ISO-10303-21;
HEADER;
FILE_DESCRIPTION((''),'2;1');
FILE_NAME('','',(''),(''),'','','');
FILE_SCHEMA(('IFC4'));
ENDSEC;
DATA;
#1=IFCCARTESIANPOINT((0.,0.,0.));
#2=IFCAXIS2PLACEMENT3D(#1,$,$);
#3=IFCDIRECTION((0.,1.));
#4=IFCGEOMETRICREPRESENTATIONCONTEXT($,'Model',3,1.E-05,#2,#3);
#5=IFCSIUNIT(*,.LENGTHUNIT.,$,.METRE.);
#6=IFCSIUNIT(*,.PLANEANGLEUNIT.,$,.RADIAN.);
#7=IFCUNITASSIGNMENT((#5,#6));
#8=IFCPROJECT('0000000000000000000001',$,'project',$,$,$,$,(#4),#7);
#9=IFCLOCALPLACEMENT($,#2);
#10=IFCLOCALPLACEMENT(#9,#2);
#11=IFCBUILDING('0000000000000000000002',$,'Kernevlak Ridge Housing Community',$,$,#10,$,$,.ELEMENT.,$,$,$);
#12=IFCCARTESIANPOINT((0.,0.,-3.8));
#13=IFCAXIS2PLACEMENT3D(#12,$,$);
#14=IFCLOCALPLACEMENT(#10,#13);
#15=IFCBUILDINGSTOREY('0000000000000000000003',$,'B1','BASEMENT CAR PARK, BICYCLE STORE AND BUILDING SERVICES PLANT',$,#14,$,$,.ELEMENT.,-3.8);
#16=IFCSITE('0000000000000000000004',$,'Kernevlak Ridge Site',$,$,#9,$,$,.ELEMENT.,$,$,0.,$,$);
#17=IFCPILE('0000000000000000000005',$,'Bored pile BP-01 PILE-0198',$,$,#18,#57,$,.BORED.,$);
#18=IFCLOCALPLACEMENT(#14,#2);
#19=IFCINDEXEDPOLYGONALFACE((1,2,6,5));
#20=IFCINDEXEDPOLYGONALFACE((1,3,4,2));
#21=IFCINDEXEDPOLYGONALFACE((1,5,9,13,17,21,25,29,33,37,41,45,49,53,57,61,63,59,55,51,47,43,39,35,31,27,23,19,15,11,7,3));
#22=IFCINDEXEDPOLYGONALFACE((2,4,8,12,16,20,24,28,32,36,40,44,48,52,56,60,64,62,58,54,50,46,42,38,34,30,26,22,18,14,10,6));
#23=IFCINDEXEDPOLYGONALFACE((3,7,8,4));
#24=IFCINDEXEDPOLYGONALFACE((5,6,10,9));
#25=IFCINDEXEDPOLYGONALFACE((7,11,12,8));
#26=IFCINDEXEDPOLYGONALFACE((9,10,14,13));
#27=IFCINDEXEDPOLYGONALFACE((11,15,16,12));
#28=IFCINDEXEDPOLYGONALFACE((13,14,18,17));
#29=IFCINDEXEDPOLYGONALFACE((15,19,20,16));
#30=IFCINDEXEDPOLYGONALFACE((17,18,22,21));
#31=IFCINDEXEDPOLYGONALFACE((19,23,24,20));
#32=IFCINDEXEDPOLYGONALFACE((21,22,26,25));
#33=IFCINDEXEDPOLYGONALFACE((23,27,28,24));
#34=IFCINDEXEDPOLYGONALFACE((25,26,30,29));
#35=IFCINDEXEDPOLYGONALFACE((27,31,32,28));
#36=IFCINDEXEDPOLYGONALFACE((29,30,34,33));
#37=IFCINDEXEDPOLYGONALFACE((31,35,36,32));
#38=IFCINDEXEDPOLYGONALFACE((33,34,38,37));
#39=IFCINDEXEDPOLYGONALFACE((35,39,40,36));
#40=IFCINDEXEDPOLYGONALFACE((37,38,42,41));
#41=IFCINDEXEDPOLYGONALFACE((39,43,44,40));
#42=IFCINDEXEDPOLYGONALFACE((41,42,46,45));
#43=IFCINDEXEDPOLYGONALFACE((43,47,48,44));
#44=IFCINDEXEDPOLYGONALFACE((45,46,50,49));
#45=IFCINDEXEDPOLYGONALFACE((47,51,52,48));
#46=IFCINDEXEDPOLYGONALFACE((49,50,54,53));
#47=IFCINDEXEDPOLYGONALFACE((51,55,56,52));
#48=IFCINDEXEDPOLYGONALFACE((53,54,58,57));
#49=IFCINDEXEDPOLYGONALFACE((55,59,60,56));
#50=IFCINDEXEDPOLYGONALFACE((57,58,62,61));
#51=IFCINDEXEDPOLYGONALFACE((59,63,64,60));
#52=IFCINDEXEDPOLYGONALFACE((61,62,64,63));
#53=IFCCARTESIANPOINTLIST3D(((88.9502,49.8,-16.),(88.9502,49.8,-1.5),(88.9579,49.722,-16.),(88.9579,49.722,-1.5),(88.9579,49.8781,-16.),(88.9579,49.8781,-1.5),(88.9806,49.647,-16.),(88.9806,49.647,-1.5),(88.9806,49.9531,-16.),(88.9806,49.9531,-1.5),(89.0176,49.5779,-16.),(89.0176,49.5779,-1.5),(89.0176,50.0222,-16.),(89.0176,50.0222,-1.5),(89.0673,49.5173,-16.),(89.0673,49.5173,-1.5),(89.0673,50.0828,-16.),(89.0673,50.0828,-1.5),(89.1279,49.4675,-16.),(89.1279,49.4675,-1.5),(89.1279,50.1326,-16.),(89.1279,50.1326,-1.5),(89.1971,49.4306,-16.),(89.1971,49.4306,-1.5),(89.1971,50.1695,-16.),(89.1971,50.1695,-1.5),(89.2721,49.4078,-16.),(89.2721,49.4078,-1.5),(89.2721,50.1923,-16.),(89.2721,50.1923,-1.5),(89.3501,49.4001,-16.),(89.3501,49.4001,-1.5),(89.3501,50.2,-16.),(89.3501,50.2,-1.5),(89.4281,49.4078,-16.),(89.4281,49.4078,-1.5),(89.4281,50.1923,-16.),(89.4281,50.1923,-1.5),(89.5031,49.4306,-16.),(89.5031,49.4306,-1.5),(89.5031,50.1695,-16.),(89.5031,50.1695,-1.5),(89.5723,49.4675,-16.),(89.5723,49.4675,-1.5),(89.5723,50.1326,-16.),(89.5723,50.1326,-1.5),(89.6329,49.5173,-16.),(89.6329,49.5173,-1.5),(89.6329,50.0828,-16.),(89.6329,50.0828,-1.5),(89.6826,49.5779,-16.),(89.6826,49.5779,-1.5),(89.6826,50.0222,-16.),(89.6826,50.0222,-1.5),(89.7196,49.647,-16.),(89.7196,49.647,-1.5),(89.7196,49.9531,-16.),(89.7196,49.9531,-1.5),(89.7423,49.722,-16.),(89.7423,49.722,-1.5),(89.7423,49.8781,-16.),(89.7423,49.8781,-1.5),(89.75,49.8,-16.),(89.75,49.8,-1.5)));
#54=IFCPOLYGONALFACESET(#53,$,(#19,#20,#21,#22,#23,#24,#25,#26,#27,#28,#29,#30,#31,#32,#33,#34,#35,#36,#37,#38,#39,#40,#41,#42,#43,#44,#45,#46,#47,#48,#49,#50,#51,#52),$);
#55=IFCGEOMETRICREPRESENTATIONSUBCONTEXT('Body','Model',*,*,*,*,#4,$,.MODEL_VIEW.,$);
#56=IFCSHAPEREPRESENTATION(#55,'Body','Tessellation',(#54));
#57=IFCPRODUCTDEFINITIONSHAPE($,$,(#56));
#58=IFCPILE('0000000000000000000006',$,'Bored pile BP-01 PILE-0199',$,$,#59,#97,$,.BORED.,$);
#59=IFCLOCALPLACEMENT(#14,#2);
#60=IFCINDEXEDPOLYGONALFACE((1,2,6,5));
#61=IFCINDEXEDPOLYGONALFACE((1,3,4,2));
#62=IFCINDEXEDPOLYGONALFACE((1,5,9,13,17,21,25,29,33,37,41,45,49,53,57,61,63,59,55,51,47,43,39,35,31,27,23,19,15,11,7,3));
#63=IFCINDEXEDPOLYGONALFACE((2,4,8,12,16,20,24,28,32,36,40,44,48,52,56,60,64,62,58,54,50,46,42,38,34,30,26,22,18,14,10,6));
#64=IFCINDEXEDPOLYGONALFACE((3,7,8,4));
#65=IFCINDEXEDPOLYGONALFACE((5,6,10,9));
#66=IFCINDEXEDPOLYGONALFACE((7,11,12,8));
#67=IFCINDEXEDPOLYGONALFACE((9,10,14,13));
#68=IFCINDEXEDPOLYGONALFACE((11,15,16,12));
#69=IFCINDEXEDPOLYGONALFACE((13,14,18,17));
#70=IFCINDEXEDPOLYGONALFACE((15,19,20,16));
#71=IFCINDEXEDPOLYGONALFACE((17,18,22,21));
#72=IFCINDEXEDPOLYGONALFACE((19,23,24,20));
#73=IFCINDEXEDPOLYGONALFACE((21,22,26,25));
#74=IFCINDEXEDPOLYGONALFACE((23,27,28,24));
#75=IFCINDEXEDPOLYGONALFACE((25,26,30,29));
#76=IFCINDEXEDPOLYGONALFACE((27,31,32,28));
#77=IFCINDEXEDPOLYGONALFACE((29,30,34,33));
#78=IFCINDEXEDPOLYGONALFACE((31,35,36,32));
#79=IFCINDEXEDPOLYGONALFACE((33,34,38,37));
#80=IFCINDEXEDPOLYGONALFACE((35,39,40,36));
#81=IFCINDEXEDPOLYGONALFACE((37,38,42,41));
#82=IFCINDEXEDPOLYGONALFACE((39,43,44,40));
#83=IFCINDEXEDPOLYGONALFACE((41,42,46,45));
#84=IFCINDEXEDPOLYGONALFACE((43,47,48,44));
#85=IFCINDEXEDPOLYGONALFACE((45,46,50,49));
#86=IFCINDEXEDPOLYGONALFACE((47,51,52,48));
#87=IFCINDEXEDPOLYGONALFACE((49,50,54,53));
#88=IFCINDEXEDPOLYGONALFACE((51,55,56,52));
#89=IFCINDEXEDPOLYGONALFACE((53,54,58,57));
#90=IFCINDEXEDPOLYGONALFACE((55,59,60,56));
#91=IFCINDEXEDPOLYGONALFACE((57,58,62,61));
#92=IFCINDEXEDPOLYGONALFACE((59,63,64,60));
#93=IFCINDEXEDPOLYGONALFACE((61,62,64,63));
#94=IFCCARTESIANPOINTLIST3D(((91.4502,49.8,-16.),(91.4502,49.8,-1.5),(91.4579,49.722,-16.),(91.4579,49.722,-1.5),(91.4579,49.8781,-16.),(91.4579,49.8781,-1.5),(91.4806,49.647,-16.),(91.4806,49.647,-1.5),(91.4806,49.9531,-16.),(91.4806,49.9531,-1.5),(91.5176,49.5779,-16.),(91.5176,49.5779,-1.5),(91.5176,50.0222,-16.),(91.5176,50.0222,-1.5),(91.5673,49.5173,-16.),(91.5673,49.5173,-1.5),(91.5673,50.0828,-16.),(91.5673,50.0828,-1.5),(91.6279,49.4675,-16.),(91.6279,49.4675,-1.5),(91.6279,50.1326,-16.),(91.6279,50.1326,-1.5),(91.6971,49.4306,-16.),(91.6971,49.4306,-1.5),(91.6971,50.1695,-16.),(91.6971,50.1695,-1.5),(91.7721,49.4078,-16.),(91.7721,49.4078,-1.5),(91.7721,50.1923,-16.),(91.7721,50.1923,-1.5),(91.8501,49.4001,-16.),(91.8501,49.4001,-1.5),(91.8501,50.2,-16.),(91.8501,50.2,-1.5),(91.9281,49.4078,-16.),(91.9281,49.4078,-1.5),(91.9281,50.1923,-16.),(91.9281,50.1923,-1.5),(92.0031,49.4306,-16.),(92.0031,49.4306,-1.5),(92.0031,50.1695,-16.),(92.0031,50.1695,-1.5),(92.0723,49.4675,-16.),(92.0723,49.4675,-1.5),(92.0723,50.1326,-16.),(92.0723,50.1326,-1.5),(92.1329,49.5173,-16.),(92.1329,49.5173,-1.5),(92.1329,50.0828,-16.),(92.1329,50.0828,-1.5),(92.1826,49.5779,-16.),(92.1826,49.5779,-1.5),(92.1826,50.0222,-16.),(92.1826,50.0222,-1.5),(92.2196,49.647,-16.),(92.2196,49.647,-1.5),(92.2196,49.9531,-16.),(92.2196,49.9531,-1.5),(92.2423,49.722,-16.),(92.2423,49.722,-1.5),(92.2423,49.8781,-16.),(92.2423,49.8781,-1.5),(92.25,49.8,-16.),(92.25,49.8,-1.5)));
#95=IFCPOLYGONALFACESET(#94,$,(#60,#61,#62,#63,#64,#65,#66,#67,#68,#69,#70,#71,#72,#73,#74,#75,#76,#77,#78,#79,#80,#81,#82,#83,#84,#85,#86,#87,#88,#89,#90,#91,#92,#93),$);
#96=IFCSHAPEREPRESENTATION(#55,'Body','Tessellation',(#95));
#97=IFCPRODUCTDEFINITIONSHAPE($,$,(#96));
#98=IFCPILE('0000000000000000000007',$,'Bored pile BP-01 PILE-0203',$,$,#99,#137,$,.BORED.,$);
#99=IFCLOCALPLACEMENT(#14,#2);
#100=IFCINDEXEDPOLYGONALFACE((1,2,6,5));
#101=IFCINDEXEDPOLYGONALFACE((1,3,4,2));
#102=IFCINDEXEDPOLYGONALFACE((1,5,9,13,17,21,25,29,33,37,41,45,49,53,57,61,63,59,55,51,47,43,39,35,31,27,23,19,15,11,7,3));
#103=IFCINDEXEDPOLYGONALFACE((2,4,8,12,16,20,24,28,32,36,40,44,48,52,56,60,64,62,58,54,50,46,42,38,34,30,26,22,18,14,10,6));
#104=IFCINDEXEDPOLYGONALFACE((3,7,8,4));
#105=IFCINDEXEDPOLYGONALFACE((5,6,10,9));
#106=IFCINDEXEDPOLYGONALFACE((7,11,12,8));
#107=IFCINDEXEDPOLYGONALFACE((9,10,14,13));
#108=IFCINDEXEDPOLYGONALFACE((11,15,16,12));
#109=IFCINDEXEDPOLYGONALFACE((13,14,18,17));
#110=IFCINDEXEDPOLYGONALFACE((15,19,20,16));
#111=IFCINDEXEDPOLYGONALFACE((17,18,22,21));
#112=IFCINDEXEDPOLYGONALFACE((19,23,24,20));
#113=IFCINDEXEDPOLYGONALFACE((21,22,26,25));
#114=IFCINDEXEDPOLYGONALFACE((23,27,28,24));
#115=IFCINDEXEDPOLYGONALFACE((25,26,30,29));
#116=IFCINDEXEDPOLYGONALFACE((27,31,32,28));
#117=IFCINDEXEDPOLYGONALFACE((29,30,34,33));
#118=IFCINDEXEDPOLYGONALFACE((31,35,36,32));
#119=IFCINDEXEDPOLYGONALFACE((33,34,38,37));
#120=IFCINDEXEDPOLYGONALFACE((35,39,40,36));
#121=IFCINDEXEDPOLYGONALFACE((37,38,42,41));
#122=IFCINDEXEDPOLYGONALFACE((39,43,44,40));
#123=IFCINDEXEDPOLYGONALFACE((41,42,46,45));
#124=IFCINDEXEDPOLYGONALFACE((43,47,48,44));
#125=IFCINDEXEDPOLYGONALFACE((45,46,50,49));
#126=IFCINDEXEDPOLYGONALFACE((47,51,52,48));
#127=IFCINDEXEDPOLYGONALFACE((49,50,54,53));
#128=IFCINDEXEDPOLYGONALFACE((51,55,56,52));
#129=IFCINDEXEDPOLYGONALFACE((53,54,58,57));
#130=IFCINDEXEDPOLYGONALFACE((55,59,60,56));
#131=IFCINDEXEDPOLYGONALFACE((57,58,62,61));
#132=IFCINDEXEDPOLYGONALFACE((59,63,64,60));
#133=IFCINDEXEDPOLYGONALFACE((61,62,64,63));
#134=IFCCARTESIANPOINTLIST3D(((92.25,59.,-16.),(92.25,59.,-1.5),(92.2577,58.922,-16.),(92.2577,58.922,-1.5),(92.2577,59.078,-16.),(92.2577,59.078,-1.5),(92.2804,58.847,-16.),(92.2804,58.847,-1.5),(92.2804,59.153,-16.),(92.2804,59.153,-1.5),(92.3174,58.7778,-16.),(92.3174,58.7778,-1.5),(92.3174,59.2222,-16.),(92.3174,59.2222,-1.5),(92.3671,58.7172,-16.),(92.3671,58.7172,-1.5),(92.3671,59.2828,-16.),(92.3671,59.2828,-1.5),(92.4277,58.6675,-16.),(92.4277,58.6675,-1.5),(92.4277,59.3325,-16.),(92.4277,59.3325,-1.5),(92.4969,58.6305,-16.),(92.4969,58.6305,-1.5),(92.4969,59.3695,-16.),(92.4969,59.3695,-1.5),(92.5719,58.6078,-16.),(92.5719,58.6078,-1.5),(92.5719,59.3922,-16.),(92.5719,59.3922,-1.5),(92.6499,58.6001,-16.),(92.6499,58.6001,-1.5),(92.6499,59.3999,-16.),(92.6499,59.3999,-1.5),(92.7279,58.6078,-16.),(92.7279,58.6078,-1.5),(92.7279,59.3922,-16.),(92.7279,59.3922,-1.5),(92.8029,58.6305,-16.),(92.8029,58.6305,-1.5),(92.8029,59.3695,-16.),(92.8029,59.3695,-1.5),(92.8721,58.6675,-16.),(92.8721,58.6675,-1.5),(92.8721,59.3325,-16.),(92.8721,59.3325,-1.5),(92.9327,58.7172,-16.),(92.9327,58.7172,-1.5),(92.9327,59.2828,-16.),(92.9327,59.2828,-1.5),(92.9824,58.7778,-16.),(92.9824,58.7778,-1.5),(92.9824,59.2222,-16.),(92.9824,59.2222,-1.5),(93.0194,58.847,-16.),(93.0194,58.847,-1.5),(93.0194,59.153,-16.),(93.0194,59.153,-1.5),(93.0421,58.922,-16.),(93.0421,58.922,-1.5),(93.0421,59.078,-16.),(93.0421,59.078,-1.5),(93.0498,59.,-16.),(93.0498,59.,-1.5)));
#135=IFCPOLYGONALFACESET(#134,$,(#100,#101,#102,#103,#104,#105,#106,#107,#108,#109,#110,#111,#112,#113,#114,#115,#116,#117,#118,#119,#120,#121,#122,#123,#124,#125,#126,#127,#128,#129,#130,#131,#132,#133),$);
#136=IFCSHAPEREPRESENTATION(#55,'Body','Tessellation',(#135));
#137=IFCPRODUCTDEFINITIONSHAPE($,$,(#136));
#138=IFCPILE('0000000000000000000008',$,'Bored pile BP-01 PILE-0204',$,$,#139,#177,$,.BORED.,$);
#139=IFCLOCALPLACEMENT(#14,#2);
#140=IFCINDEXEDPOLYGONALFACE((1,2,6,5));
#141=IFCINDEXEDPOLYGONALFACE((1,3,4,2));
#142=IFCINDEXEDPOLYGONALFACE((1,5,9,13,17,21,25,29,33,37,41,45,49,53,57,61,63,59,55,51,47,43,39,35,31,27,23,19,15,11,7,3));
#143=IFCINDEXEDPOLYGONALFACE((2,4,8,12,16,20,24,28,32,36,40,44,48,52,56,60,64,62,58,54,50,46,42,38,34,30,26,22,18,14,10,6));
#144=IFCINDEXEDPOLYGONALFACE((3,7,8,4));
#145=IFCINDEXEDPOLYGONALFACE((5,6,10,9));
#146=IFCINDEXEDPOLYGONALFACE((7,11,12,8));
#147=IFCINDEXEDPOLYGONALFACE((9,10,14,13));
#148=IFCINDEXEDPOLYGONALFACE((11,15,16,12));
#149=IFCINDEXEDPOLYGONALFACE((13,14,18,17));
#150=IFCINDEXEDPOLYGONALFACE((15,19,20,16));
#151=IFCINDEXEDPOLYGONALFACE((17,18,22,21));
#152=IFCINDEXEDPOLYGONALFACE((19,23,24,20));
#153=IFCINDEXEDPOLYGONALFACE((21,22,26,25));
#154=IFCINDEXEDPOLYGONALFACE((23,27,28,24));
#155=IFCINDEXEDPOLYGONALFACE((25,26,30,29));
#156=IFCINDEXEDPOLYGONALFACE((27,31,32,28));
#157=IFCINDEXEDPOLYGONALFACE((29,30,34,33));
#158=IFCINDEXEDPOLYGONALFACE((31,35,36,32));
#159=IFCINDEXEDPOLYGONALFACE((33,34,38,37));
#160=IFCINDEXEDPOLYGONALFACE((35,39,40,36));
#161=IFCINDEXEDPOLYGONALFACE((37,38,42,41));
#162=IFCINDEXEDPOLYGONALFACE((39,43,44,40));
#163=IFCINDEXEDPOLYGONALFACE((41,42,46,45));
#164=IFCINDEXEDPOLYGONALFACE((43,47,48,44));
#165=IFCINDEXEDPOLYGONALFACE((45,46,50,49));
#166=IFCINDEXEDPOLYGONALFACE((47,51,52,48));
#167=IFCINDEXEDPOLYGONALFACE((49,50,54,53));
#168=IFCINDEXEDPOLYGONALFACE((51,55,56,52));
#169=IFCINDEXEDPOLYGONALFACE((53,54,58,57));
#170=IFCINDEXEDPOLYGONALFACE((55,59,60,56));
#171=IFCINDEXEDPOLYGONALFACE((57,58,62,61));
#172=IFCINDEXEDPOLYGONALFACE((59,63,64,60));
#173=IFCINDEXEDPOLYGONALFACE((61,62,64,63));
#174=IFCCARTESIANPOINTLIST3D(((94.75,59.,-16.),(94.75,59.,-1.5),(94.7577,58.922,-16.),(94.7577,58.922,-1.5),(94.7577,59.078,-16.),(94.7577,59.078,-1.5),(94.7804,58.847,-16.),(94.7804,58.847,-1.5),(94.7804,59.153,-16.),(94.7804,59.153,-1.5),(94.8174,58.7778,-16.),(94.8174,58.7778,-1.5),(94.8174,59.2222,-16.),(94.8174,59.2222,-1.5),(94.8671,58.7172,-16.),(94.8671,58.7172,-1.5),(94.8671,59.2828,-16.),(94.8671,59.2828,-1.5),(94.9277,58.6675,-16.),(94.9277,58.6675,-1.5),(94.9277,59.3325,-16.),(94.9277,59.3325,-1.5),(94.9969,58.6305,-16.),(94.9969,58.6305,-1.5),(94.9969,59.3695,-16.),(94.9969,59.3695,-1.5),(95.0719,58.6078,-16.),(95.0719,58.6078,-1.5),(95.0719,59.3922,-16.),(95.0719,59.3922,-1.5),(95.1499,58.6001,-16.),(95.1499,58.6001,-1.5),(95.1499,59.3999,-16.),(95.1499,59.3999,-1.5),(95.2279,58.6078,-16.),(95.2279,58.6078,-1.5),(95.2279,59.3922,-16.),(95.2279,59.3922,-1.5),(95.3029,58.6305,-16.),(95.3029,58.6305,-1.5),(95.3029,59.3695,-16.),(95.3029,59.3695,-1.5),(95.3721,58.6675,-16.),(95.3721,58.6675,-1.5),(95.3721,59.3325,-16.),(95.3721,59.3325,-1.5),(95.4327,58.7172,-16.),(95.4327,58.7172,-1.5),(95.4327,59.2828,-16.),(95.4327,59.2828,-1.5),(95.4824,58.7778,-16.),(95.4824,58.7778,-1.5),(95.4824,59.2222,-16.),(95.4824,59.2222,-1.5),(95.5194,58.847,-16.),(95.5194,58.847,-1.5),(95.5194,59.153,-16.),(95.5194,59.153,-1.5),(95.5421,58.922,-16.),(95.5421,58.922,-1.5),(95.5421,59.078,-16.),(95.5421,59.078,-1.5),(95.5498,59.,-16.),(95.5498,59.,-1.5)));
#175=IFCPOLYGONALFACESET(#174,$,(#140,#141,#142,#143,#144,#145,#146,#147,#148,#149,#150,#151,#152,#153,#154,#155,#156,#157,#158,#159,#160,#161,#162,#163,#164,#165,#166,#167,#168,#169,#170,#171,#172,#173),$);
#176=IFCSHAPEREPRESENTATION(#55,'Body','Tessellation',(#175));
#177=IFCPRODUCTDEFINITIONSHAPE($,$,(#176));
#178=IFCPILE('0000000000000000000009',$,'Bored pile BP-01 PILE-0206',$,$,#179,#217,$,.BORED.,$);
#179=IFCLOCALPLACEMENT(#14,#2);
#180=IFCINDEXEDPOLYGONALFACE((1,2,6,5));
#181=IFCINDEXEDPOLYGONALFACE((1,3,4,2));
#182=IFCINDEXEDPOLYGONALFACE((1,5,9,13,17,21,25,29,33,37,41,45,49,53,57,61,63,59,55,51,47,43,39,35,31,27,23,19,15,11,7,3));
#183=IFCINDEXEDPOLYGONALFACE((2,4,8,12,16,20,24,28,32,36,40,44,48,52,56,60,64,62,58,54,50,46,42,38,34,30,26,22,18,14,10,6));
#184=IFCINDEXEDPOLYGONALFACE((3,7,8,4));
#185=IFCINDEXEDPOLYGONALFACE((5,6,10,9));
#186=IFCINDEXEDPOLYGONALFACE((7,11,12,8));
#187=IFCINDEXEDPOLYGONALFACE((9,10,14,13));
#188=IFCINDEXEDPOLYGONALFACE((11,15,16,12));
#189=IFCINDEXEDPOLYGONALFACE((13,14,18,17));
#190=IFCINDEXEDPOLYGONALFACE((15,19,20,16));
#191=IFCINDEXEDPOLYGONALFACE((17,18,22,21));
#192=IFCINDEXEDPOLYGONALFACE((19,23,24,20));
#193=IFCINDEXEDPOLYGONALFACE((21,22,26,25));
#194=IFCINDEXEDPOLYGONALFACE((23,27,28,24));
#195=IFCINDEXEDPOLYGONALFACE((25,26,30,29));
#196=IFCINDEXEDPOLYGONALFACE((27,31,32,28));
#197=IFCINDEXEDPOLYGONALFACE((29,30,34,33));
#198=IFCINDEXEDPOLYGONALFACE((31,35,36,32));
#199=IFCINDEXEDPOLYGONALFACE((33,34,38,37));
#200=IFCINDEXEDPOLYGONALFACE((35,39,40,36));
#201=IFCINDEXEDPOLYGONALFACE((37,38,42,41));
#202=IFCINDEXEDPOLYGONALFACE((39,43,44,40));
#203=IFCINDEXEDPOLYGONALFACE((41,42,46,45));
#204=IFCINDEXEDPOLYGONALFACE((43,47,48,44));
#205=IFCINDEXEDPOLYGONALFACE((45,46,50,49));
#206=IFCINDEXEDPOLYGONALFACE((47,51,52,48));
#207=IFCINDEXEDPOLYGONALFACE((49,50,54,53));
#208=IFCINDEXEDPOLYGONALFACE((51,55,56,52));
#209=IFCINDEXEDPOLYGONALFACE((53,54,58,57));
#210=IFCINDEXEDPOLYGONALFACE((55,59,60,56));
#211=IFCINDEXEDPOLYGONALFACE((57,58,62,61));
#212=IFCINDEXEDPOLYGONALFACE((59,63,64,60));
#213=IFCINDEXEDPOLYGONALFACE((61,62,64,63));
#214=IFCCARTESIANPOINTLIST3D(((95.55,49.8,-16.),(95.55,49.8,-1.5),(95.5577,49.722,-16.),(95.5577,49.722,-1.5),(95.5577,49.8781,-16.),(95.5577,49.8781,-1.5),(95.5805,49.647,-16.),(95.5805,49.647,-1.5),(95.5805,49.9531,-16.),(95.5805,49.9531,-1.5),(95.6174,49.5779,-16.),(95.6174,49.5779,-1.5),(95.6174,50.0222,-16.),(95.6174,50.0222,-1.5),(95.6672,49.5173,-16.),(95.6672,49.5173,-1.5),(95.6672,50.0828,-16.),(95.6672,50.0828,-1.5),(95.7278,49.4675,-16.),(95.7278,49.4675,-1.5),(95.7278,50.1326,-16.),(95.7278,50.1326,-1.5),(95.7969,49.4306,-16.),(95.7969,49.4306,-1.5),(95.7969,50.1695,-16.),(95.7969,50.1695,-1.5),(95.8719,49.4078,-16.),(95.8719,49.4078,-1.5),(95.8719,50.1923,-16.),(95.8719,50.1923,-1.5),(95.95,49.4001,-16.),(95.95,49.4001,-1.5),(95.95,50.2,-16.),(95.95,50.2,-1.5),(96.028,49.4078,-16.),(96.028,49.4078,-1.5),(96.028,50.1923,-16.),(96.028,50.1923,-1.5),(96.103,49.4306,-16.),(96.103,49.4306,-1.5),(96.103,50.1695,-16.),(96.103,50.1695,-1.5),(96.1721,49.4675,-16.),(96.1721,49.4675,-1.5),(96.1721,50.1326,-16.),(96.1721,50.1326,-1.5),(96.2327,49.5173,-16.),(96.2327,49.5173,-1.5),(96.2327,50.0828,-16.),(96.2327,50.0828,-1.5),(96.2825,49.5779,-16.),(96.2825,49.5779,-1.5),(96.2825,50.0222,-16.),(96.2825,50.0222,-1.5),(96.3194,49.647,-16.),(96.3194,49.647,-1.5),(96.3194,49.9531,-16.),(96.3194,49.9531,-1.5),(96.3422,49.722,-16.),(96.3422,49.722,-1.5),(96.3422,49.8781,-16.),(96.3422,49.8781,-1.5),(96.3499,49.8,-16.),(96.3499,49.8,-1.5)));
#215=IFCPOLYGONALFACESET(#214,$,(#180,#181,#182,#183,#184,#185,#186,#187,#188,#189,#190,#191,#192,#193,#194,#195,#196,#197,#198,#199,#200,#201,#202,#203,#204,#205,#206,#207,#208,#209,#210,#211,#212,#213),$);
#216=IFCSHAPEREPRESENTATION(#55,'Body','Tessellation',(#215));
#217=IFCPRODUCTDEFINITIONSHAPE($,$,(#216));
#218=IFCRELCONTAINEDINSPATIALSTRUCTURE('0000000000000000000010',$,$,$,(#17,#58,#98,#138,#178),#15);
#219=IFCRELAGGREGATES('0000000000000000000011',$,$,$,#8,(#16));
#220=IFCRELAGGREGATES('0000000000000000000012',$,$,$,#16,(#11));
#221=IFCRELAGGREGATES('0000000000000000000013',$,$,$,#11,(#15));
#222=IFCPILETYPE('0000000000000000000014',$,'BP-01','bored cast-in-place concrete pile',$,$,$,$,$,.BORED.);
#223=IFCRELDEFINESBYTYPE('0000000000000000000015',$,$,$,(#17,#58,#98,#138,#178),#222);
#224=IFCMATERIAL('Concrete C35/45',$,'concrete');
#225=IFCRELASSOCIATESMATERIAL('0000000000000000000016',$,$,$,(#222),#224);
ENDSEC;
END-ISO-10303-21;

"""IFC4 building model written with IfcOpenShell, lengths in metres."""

from ifc_helpers import new_model, si_unit, direction, frame, origin, origin_2d, place, context, subcontext, project, spatial, circle, extrude, material, material_profile, profile_set, type_object, element, save


model = new_model("IFC4")

# Units and contexts
model_context = context("Model", 3, precision=1e-05, world=origin(), true_north=direction((0.0, 1.0)))
body_context = subcontext(model_context, "Body", "Model", "MODEL_VIEW")
ifc_project = project(units=[si_unit("LENGTHUNIT", "METRE"), si_unit("PLANEANGLEUNIT", "RADIAN")], contexts=[model_context])

# Site, building, storey
site_placement = place(None, origin())
site = spatial("IfcSite", under=ifc_project, at=site_placement, Name="Kernevlak Ridge Site", CompositionType="ELEMENT", RefElevation=0.0)
building_placement = place(site_placement, origin())
building = spatial("IfcBuilding", under=site, at=building_placement, Name="Kernevlak Ridge Housing Community", CompositionType="ELEMENT")
storey_placement = place(building_placement, frame((0.0, 0.0, -3.8)))
storey = spatial("IfcBuildingStorey", under=building, at=storey_placement, Name="B1", Description="BASEMENT CAR PARK, BICYCLE STORE AND BUILDING SERVICES PLANT", CompositionType="ELEMENT", Elevation=-3.8)

# Piles
ifc_material_1 = material(Name="Concrete C35/45", Category="concrete")
ifc_material_profile_1 = material_profile(ifc_material_1, circle(Radius=0.3999, at=origin_2d()), Name="BORED PILE 800")
ifc_profile_set_1 = profile_set([ifc_material_profile_1], Name="Concrete C35/45")
pile_type = type_object("IfcPileType", Name="BP-01", Description="bored cast-in-place concrete pile", PredefinedType="BORED", material=ifc_profile_set_1)
for number, where, z_axis, x_axis, name in (
    (1, (89.3501, 49.8, -1.5), (0.0, 0.0, -1.0), (1.0, 0.0, 0.0), "Bored pile BP-01 PILE-0198"),
    (2, (91.8501, 49.8, -1.5), (0.0, 0.0, -1.0), (1.0, 0.0, 0.0), "Bored pile BP-01 PILE-0199"),
    (3, (92.6499, 59.0, -1.5), (0.0, 0.0, -1.0), (1.0, 0.0, 0.0), "Bored pile BP-01 PILE-0203"),
    (4, (95.1499, 59.0, -1.5), (0.0, 0.0, -1.0), (1.0, 0.0, 0.0), "Bored pile BP-01 PILE-0204"),
    (5, (95.95, 49.8, -1.5), (0.0, 0.0, -1.0), (1.0, 0.0, 0.0), "Bored pile BP-01 PILE-0206"),
):
    element("IfcPile", number, at=place(storey_placement, frame(where, z_axis=z_axis, x_axis=x_axis)), inside=storey, type_object=pile_type, Name=name, PredefinedType="BORED", context=body_context, shape_type="SweptSolid", body=[
        extrude(circle(Radius=0.3999, at=origin_2d()), origin(), (0.0, 0.0, 1.0), 14.5),
    ])

save(model, "model.ifc")
